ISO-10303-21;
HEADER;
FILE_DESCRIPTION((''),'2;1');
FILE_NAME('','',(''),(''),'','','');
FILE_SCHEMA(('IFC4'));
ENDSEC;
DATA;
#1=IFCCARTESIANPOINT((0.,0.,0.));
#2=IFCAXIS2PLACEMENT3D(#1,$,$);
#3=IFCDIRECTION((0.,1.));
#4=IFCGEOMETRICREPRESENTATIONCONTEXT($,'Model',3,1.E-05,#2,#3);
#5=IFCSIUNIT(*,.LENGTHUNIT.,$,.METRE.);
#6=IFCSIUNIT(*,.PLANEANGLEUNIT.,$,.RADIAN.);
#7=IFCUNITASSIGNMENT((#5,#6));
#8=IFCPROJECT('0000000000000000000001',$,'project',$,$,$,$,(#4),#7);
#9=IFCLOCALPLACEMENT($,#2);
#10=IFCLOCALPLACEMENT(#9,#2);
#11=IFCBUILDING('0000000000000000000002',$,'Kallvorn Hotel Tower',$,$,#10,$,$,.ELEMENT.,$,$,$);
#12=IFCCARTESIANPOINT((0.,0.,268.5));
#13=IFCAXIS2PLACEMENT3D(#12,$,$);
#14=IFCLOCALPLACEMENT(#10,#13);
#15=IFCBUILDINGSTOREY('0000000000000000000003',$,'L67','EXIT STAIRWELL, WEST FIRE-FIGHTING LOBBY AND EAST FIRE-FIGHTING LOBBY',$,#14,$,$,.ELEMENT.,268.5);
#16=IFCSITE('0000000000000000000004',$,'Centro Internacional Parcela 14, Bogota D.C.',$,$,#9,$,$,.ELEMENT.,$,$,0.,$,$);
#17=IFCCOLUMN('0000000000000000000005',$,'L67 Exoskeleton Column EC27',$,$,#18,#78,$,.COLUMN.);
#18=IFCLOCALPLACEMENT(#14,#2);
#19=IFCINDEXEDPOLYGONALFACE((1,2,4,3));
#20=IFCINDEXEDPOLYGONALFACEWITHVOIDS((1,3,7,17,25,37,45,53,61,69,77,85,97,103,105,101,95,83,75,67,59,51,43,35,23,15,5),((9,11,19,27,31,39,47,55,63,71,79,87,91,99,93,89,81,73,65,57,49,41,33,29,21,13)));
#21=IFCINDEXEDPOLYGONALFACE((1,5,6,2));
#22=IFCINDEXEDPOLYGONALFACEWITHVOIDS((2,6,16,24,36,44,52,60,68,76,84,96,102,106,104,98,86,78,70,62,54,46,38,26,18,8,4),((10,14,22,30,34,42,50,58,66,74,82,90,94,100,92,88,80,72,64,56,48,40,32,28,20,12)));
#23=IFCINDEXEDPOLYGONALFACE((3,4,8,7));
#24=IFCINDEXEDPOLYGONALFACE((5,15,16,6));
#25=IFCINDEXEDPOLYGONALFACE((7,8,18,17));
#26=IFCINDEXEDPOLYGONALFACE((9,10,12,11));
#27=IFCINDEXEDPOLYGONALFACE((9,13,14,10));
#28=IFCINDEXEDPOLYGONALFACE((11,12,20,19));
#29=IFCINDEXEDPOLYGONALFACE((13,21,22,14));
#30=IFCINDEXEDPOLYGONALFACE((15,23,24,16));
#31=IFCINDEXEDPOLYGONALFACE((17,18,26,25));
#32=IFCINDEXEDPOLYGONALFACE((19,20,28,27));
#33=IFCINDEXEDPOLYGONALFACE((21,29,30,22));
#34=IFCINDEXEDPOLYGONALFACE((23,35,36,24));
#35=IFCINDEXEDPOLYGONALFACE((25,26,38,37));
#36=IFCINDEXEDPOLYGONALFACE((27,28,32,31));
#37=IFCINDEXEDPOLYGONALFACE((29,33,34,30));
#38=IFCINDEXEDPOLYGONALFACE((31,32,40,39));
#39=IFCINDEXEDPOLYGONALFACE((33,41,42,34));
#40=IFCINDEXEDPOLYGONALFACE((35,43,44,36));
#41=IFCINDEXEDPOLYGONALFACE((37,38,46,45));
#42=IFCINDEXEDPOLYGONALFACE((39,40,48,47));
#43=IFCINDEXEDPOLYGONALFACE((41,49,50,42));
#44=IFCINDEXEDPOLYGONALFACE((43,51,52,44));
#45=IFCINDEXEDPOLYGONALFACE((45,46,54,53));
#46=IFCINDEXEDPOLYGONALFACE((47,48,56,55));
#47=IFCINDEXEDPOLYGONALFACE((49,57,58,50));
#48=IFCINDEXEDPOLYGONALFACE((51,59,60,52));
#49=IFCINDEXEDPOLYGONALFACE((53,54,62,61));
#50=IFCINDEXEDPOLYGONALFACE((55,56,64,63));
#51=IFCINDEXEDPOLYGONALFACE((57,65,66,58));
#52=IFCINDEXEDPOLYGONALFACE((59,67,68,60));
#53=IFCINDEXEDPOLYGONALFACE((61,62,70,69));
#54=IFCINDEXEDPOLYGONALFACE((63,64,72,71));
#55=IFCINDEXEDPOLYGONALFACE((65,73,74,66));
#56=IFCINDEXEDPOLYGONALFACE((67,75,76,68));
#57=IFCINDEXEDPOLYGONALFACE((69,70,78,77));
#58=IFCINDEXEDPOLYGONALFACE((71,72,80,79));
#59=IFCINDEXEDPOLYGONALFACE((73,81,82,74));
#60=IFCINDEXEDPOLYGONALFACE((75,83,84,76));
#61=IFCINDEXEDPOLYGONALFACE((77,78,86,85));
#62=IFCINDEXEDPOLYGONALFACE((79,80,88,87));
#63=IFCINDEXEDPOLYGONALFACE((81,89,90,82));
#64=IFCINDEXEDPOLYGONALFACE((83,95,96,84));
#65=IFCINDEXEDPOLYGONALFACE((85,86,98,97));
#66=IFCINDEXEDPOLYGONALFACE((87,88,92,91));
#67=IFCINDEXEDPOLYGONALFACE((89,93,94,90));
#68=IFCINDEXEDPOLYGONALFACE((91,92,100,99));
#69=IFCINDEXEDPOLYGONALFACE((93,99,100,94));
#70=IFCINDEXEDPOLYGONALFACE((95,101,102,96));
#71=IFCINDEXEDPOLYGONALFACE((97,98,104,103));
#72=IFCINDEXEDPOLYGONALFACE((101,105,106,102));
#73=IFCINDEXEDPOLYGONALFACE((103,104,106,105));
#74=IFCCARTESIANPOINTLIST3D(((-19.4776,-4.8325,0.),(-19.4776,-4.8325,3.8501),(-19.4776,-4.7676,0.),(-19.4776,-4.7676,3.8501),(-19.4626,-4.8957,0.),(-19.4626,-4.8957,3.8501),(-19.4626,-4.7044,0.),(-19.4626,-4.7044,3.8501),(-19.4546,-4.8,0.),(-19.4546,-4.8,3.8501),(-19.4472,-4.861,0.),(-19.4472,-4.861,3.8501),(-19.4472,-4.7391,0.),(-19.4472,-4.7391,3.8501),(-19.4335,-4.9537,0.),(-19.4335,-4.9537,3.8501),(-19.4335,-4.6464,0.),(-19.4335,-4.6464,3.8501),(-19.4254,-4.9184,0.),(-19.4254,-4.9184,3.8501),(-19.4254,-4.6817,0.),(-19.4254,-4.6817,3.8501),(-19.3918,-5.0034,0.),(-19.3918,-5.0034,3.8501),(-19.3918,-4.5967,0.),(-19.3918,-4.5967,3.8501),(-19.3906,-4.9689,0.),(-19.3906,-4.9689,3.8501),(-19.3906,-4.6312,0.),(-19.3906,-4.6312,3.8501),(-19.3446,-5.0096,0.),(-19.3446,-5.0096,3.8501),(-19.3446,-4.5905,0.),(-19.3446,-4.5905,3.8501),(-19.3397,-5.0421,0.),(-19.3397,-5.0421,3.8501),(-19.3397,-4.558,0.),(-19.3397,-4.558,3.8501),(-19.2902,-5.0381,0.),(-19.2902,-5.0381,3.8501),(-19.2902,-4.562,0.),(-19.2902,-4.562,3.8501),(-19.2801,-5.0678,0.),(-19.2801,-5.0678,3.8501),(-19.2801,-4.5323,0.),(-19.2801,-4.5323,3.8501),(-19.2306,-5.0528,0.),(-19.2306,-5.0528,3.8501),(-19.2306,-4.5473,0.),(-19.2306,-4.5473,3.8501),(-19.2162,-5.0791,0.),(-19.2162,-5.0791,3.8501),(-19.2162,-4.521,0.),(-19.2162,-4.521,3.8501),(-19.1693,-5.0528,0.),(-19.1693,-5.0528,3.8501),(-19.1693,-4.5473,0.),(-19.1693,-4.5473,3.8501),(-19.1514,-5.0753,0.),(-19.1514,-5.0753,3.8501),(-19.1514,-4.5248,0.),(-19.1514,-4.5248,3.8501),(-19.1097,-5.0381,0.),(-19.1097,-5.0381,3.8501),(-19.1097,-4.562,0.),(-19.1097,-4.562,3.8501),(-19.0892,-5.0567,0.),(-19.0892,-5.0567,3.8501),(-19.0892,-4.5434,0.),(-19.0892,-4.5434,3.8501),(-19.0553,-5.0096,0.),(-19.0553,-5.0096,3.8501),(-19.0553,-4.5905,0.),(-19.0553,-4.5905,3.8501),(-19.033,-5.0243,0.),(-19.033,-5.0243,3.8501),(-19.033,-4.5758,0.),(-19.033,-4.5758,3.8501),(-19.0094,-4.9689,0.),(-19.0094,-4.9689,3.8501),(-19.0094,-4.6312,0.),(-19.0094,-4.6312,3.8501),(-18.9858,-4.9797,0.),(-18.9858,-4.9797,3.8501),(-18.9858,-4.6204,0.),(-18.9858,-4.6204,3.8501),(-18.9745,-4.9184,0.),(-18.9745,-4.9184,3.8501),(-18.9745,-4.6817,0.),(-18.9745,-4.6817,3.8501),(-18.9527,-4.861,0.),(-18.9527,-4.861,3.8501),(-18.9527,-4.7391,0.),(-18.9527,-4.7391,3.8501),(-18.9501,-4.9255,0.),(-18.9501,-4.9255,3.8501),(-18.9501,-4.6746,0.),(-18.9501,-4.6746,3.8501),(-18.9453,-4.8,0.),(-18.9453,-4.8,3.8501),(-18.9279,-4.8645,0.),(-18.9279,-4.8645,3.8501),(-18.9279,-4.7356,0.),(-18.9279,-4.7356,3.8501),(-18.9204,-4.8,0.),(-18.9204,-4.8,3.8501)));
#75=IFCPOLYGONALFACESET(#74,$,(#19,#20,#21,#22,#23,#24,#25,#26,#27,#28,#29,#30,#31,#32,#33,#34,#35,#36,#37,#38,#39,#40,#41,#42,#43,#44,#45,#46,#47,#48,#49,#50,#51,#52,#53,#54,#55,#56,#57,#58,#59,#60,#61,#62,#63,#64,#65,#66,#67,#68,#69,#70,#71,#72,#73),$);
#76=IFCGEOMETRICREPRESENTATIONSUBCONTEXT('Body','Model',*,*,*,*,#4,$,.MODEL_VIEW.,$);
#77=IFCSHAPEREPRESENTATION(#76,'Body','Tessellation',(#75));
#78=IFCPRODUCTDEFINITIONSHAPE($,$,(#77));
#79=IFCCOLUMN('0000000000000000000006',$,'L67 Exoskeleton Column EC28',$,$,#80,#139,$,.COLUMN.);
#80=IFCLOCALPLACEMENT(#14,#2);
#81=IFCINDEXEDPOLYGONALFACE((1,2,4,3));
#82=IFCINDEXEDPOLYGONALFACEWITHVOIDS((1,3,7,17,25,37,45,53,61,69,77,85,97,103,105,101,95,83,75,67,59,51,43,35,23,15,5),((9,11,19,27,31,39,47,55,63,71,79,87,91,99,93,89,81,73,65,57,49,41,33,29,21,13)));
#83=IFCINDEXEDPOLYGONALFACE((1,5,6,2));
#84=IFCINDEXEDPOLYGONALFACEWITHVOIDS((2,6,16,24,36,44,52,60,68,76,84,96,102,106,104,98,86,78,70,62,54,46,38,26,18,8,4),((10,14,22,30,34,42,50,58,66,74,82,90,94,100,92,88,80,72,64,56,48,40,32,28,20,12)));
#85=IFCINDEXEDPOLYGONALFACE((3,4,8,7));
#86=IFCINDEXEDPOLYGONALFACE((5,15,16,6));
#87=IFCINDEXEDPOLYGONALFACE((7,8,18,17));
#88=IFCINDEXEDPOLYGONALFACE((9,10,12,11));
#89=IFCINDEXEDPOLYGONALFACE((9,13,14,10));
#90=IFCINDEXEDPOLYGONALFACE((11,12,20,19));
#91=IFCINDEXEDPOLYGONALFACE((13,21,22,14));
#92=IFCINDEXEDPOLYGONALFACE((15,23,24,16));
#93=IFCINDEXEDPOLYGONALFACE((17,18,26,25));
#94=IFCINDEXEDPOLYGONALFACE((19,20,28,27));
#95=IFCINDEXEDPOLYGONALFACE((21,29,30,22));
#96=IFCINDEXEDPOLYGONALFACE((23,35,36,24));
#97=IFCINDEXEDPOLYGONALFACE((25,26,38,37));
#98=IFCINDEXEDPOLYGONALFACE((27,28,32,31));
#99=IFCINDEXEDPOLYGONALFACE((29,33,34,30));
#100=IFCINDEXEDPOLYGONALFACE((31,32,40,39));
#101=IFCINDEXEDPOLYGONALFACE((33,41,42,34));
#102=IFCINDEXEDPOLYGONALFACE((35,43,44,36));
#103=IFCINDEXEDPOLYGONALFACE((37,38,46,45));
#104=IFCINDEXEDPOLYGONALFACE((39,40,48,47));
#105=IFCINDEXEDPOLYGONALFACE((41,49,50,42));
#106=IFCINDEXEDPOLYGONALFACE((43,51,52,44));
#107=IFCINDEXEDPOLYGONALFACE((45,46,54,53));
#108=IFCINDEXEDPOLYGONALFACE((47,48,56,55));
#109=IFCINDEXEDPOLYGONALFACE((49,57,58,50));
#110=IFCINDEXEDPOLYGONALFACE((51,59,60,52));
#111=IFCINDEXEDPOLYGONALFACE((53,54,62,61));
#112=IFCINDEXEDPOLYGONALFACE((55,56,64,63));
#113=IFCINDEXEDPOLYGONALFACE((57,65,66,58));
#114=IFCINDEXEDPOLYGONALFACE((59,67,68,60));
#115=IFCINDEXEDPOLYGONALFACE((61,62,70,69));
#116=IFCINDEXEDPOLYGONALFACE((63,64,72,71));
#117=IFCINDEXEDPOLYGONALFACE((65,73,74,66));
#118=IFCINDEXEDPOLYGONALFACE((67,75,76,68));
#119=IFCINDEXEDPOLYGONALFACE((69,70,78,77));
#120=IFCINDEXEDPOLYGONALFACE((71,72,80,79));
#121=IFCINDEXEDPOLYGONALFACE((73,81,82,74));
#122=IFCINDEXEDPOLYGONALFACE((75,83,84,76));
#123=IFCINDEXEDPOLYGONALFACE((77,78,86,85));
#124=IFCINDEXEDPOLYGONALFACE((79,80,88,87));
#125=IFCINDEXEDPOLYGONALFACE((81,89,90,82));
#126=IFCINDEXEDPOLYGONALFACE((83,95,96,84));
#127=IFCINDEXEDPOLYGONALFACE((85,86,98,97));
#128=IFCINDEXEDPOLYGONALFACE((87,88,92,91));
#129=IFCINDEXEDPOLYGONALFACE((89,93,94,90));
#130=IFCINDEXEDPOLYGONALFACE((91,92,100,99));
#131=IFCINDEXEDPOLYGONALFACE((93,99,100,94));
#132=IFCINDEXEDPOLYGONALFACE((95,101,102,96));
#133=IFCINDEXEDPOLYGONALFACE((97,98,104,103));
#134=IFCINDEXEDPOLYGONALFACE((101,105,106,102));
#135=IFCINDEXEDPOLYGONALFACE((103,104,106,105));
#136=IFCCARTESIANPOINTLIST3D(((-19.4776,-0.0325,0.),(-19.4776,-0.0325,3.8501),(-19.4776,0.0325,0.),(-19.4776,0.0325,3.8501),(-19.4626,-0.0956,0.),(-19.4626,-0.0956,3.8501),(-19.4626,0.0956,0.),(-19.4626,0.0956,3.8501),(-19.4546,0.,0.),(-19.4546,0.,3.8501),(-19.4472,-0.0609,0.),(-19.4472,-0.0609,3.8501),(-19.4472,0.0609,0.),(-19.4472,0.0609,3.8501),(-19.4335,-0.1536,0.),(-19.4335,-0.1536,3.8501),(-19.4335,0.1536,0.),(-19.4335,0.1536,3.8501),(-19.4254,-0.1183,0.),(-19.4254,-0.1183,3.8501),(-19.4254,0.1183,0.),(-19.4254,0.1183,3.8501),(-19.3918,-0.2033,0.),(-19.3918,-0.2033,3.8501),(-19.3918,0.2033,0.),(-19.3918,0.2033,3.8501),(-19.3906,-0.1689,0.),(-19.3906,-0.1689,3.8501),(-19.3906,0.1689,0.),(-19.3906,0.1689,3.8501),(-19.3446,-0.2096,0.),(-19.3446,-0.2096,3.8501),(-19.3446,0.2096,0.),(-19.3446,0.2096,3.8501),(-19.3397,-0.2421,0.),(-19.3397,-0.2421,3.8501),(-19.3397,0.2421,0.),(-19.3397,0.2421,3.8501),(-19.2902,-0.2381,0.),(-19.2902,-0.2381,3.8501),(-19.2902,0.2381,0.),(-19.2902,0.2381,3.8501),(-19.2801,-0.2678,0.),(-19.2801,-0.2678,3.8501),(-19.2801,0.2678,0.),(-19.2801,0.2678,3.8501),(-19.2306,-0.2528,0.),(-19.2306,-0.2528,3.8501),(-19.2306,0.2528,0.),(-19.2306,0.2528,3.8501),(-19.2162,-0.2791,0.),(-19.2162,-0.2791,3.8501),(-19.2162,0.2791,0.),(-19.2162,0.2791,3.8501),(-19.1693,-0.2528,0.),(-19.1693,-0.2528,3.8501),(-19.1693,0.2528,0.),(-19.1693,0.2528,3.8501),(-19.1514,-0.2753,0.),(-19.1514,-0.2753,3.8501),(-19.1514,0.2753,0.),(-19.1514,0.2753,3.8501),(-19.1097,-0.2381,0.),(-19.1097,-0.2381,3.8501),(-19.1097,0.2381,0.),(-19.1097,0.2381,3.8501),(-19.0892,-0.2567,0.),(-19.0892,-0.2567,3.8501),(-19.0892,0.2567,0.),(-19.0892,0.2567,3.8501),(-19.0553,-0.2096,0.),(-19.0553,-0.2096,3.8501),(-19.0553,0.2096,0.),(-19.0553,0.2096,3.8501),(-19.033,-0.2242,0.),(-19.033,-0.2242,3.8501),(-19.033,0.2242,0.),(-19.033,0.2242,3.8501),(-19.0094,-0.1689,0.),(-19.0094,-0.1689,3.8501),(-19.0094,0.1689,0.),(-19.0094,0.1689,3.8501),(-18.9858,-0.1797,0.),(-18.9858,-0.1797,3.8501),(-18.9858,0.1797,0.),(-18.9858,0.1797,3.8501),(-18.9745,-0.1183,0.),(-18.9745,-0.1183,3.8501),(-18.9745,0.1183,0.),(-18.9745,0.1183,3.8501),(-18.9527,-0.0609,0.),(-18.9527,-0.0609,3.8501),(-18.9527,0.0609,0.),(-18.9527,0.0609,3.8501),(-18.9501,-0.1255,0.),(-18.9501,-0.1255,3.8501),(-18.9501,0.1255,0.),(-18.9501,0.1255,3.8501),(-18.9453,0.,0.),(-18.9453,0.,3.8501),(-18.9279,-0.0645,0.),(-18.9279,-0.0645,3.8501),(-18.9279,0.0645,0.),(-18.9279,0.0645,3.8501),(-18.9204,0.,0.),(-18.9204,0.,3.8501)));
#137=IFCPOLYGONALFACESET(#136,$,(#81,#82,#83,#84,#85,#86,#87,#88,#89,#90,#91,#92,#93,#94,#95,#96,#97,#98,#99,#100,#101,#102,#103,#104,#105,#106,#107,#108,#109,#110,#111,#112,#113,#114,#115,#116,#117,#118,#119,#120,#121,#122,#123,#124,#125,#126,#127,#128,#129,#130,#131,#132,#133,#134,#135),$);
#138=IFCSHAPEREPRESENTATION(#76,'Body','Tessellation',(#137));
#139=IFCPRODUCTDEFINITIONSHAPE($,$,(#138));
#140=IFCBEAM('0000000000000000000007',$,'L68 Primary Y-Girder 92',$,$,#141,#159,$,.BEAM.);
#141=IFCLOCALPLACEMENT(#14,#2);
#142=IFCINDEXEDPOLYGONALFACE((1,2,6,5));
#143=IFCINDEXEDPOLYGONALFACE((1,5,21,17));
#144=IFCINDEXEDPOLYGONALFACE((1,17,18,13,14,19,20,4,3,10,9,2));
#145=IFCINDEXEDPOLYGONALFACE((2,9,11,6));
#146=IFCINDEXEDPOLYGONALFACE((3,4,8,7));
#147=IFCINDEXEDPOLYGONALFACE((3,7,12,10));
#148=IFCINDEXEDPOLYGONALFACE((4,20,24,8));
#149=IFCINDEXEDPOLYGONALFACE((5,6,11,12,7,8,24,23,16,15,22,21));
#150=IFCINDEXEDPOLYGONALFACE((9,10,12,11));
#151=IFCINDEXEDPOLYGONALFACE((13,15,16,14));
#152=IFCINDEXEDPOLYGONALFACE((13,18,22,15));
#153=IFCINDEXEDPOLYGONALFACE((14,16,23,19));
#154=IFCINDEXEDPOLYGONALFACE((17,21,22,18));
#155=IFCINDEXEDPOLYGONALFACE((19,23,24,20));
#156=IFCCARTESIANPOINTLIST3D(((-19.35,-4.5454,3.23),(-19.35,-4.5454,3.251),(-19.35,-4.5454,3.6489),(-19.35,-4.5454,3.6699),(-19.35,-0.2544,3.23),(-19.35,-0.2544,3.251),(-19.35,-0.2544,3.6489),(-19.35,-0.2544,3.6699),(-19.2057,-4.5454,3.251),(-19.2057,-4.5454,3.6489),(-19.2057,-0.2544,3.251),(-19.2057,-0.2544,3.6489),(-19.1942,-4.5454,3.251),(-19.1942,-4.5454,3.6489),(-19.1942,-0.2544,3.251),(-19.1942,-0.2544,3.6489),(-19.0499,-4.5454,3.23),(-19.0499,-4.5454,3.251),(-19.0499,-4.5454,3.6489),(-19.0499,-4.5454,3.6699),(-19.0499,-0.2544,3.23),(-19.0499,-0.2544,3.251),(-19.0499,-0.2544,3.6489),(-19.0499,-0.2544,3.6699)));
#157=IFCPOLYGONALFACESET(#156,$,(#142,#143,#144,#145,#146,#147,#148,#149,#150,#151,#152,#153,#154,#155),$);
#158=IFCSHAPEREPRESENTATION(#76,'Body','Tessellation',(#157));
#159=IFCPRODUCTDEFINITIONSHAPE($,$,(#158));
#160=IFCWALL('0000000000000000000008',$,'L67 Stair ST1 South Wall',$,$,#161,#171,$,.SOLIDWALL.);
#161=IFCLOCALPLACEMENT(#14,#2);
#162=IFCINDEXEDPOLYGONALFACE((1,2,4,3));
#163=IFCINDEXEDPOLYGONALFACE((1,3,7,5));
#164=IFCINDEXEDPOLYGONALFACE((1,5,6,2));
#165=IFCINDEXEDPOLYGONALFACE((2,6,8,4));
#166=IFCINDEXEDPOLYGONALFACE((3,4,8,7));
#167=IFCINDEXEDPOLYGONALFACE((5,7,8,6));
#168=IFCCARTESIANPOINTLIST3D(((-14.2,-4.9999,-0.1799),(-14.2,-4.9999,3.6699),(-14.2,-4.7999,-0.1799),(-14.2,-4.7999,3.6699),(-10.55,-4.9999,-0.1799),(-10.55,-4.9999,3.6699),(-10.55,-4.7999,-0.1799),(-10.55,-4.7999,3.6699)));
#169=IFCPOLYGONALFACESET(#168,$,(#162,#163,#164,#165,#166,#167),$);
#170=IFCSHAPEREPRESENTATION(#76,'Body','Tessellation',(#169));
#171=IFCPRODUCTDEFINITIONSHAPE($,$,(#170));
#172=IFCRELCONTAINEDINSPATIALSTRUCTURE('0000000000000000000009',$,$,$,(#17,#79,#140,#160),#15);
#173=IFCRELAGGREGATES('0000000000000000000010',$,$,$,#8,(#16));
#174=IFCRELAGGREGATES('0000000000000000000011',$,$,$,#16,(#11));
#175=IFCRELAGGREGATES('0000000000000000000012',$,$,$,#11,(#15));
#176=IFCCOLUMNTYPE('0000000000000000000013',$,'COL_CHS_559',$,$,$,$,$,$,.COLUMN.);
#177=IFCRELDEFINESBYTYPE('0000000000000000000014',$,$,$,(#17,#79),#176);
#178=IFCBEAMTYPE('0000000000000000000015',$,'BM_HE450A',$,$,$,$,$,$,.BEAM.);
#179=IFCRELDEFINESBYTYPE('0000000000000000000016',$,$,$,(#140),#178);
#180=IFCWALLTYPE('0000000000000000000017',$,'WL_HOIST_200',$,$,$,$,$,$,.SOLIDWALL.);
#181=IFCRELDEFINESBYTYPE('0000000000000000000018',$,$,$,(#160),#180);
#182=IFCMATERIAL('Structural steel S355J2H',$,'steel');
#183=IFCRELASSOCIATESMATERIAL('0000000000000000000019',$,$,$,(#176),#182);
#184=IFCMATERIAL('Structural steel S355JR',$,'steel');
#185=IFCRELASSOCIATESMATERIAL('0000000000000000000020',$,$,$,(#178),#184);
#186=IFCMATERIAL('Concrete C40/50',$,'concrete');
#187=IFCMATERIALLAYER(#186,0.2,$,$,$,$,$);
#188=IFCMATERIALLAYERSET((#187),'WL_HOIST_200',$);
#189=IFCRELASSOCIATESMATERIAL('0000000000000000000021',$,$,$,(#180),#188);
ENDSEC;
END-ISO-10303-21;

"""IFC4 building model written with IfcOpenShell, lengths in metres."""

from ifc_helpers import new_model, si_unit, direction, frame, frame_2d, origin, origin_2d, place, context, subcontext, project, spatial, rectangle, hollow_circle, i_section, extrude, material, layer, layer_set, material_profile, profile_set, type_object, element, save


model = new_model("IFC4")

# Units and contexts
model_context = context("Model", 3, precision=1e-05, world=origin(), true_north=direction((0.0, 1.0)))
body_context = subcontext(model_context, "Body", "Model", "MODEL_VIEW")
ifc_project = project(units=[si_unit("LENGTHUNIT", "METRE"), si_unit("PLANEANGLEUNIT", "RADIAN")], contexts=[model_context])

# Site, building, storey
site_placement = place(None, origin())
site = spatial("IfcSite", under=ifc_project, at=site_placement, Name="Centro Internacional Parcela 14, Bogota D.C.", CompositionType="ELEMENT", RefElevation=0.0)
building_placement = place(site_placement, origin())
building = spatial("IfcBuilding", under=site, at=building_placement, Name="Kallvorn Hotel Tower", CompositionType="ELEMENT")
storey_placement = place(building_placement, frame((0.0, 0.0, 268.5)))
storey = spatial("IfcBuildingStorey", under=building, at=storey_placement, Name="L67", Description="EXIT STAIRWELL, WEST FIRE-FIGHTING LOBBY AND EAST FIRE-FIGHTING LOBBY", CompositionType="ELEMENT", Elevation=268.5)

# Columns
ifc_material_1 = material(Name="Structural steel S355J2H", Category="steel")
ifc_material_profile_1 = material_profile(ifc_material_1, hollow_circle(Radius=0.2795, WallThickness=0.0249, at=origin_2d()), Name="CHS 559x25")
ifc_profile_set_1 = profile_set([ifc_material_profile_1], Name="Structural steel S355J2H")
column_type = type_object("IfcColumnType", Name="COL_CHS_559", PredefinedType="COLUMN", material=ifc_profile_set_1)
for number, where, z_axis, x_axis, name in (
    (1, (-19.2, -4.8, 0.0), (0.0, 0.0, 1.0), (1.0, 0.0, 0.0), "L67 Exoskeleton Column EC27"),
    (2, (-19.2, 0.0, 0.0), (0.0, 0.0, 1.0), (1.0, 0.0, 0.0), "L67 Exoskeleton Column EC28"),
):
    element("IfcColumn", number, at=place(storey_placement, frame(where, z_axis=z_axis, x_axis=x_axis)), inside=storey, type_object=column_type, Name=name, PredefinedType="COLUMN", context=body_context, shape_type="SweptSolid", body=[
        extrude(hollow_circle(Radius=0.2795, WallThickness=0.0249, at=origin_2d()), origin(), (0.0, 0.0, 1.0), 3.8501),
    ])

# Beam
ifc_material_2 = material(Name="Structural steel S355JR", Category="steel")
ifc_material_profile_2 = material_profile(ifc_material_2, i_section(OverallWidth=0.3, OverallDepth=0.4399, WebThickness=0.0115, FlangeThickness=0.021, at=origin_2d()), Name="HE 450 A")
ifc_profile_set_2 = profile_set([ifc_material_profile_2], Name="Structural steel S355JR")
beam_type = type_object("IfcBeamType", Name="BM_HE450A", PredefinedType="BEAM", material=ifc_profile_set_2)
beam_placement = place(storey_placement, frame((-19.2, -4.5454, 3.45), z_axis=(0.0, 1.0, 0.0), x_axis=(-1.0, 0.0, 0.0)))
element("IfcBeam", 3, at=beam_placement, inside=storey, type_object=beam_type, Name="L68 Primary Y-Girder 92", PredefinedType="BEAM", context=body_context, shape_type="SweptSolid", body=[
    extrude(i_section(OverallWidth=0.3, OverallDepth=0.4399, WebThickness=0.0115, FlangeThickness=0.021, at=origin_2d()), origin(), (0.0, 0.0, 1.0), 4.291),
])

# Wall
ifc_material_3 = material(Name="Concrete C40/50", Category="concrete")
ifc_layer_1 = layer(ifc_material_3, 0.2)
ifc_layer_set_1 = layer_set([ifc_layer_1], Name="WL_HOIST_200")
wall_type_1 = type_object("IfcWallType", Name="WL_HOIST_200", PredefinedType="SOLIDWALL", material=ifc_layer_set_1)
wall_1_placement = place(storey_placement, frame((-14.2, -4.8999, -0.1799), z_axis=(0.0, 0.0, 1.0), x_axis=(1.0, 0.0, 0.0)))
element("IfcWall", 4, at=wall_1_placement, inside=storey, type_object=wall_type_1, Name="L67 Stair ST1 South Wall", PredefinedType="SOLIDWALL", context=body_context, shape_type="SweptSolid", body=[
    extrude(rectangle(XDim=3.6499, YDim=0.2, at=frame_2d((1.825, 0.0))), origin(), (0.0, 0.0, 1.0), 3.8499),
])

save(model, "model.ifc")
